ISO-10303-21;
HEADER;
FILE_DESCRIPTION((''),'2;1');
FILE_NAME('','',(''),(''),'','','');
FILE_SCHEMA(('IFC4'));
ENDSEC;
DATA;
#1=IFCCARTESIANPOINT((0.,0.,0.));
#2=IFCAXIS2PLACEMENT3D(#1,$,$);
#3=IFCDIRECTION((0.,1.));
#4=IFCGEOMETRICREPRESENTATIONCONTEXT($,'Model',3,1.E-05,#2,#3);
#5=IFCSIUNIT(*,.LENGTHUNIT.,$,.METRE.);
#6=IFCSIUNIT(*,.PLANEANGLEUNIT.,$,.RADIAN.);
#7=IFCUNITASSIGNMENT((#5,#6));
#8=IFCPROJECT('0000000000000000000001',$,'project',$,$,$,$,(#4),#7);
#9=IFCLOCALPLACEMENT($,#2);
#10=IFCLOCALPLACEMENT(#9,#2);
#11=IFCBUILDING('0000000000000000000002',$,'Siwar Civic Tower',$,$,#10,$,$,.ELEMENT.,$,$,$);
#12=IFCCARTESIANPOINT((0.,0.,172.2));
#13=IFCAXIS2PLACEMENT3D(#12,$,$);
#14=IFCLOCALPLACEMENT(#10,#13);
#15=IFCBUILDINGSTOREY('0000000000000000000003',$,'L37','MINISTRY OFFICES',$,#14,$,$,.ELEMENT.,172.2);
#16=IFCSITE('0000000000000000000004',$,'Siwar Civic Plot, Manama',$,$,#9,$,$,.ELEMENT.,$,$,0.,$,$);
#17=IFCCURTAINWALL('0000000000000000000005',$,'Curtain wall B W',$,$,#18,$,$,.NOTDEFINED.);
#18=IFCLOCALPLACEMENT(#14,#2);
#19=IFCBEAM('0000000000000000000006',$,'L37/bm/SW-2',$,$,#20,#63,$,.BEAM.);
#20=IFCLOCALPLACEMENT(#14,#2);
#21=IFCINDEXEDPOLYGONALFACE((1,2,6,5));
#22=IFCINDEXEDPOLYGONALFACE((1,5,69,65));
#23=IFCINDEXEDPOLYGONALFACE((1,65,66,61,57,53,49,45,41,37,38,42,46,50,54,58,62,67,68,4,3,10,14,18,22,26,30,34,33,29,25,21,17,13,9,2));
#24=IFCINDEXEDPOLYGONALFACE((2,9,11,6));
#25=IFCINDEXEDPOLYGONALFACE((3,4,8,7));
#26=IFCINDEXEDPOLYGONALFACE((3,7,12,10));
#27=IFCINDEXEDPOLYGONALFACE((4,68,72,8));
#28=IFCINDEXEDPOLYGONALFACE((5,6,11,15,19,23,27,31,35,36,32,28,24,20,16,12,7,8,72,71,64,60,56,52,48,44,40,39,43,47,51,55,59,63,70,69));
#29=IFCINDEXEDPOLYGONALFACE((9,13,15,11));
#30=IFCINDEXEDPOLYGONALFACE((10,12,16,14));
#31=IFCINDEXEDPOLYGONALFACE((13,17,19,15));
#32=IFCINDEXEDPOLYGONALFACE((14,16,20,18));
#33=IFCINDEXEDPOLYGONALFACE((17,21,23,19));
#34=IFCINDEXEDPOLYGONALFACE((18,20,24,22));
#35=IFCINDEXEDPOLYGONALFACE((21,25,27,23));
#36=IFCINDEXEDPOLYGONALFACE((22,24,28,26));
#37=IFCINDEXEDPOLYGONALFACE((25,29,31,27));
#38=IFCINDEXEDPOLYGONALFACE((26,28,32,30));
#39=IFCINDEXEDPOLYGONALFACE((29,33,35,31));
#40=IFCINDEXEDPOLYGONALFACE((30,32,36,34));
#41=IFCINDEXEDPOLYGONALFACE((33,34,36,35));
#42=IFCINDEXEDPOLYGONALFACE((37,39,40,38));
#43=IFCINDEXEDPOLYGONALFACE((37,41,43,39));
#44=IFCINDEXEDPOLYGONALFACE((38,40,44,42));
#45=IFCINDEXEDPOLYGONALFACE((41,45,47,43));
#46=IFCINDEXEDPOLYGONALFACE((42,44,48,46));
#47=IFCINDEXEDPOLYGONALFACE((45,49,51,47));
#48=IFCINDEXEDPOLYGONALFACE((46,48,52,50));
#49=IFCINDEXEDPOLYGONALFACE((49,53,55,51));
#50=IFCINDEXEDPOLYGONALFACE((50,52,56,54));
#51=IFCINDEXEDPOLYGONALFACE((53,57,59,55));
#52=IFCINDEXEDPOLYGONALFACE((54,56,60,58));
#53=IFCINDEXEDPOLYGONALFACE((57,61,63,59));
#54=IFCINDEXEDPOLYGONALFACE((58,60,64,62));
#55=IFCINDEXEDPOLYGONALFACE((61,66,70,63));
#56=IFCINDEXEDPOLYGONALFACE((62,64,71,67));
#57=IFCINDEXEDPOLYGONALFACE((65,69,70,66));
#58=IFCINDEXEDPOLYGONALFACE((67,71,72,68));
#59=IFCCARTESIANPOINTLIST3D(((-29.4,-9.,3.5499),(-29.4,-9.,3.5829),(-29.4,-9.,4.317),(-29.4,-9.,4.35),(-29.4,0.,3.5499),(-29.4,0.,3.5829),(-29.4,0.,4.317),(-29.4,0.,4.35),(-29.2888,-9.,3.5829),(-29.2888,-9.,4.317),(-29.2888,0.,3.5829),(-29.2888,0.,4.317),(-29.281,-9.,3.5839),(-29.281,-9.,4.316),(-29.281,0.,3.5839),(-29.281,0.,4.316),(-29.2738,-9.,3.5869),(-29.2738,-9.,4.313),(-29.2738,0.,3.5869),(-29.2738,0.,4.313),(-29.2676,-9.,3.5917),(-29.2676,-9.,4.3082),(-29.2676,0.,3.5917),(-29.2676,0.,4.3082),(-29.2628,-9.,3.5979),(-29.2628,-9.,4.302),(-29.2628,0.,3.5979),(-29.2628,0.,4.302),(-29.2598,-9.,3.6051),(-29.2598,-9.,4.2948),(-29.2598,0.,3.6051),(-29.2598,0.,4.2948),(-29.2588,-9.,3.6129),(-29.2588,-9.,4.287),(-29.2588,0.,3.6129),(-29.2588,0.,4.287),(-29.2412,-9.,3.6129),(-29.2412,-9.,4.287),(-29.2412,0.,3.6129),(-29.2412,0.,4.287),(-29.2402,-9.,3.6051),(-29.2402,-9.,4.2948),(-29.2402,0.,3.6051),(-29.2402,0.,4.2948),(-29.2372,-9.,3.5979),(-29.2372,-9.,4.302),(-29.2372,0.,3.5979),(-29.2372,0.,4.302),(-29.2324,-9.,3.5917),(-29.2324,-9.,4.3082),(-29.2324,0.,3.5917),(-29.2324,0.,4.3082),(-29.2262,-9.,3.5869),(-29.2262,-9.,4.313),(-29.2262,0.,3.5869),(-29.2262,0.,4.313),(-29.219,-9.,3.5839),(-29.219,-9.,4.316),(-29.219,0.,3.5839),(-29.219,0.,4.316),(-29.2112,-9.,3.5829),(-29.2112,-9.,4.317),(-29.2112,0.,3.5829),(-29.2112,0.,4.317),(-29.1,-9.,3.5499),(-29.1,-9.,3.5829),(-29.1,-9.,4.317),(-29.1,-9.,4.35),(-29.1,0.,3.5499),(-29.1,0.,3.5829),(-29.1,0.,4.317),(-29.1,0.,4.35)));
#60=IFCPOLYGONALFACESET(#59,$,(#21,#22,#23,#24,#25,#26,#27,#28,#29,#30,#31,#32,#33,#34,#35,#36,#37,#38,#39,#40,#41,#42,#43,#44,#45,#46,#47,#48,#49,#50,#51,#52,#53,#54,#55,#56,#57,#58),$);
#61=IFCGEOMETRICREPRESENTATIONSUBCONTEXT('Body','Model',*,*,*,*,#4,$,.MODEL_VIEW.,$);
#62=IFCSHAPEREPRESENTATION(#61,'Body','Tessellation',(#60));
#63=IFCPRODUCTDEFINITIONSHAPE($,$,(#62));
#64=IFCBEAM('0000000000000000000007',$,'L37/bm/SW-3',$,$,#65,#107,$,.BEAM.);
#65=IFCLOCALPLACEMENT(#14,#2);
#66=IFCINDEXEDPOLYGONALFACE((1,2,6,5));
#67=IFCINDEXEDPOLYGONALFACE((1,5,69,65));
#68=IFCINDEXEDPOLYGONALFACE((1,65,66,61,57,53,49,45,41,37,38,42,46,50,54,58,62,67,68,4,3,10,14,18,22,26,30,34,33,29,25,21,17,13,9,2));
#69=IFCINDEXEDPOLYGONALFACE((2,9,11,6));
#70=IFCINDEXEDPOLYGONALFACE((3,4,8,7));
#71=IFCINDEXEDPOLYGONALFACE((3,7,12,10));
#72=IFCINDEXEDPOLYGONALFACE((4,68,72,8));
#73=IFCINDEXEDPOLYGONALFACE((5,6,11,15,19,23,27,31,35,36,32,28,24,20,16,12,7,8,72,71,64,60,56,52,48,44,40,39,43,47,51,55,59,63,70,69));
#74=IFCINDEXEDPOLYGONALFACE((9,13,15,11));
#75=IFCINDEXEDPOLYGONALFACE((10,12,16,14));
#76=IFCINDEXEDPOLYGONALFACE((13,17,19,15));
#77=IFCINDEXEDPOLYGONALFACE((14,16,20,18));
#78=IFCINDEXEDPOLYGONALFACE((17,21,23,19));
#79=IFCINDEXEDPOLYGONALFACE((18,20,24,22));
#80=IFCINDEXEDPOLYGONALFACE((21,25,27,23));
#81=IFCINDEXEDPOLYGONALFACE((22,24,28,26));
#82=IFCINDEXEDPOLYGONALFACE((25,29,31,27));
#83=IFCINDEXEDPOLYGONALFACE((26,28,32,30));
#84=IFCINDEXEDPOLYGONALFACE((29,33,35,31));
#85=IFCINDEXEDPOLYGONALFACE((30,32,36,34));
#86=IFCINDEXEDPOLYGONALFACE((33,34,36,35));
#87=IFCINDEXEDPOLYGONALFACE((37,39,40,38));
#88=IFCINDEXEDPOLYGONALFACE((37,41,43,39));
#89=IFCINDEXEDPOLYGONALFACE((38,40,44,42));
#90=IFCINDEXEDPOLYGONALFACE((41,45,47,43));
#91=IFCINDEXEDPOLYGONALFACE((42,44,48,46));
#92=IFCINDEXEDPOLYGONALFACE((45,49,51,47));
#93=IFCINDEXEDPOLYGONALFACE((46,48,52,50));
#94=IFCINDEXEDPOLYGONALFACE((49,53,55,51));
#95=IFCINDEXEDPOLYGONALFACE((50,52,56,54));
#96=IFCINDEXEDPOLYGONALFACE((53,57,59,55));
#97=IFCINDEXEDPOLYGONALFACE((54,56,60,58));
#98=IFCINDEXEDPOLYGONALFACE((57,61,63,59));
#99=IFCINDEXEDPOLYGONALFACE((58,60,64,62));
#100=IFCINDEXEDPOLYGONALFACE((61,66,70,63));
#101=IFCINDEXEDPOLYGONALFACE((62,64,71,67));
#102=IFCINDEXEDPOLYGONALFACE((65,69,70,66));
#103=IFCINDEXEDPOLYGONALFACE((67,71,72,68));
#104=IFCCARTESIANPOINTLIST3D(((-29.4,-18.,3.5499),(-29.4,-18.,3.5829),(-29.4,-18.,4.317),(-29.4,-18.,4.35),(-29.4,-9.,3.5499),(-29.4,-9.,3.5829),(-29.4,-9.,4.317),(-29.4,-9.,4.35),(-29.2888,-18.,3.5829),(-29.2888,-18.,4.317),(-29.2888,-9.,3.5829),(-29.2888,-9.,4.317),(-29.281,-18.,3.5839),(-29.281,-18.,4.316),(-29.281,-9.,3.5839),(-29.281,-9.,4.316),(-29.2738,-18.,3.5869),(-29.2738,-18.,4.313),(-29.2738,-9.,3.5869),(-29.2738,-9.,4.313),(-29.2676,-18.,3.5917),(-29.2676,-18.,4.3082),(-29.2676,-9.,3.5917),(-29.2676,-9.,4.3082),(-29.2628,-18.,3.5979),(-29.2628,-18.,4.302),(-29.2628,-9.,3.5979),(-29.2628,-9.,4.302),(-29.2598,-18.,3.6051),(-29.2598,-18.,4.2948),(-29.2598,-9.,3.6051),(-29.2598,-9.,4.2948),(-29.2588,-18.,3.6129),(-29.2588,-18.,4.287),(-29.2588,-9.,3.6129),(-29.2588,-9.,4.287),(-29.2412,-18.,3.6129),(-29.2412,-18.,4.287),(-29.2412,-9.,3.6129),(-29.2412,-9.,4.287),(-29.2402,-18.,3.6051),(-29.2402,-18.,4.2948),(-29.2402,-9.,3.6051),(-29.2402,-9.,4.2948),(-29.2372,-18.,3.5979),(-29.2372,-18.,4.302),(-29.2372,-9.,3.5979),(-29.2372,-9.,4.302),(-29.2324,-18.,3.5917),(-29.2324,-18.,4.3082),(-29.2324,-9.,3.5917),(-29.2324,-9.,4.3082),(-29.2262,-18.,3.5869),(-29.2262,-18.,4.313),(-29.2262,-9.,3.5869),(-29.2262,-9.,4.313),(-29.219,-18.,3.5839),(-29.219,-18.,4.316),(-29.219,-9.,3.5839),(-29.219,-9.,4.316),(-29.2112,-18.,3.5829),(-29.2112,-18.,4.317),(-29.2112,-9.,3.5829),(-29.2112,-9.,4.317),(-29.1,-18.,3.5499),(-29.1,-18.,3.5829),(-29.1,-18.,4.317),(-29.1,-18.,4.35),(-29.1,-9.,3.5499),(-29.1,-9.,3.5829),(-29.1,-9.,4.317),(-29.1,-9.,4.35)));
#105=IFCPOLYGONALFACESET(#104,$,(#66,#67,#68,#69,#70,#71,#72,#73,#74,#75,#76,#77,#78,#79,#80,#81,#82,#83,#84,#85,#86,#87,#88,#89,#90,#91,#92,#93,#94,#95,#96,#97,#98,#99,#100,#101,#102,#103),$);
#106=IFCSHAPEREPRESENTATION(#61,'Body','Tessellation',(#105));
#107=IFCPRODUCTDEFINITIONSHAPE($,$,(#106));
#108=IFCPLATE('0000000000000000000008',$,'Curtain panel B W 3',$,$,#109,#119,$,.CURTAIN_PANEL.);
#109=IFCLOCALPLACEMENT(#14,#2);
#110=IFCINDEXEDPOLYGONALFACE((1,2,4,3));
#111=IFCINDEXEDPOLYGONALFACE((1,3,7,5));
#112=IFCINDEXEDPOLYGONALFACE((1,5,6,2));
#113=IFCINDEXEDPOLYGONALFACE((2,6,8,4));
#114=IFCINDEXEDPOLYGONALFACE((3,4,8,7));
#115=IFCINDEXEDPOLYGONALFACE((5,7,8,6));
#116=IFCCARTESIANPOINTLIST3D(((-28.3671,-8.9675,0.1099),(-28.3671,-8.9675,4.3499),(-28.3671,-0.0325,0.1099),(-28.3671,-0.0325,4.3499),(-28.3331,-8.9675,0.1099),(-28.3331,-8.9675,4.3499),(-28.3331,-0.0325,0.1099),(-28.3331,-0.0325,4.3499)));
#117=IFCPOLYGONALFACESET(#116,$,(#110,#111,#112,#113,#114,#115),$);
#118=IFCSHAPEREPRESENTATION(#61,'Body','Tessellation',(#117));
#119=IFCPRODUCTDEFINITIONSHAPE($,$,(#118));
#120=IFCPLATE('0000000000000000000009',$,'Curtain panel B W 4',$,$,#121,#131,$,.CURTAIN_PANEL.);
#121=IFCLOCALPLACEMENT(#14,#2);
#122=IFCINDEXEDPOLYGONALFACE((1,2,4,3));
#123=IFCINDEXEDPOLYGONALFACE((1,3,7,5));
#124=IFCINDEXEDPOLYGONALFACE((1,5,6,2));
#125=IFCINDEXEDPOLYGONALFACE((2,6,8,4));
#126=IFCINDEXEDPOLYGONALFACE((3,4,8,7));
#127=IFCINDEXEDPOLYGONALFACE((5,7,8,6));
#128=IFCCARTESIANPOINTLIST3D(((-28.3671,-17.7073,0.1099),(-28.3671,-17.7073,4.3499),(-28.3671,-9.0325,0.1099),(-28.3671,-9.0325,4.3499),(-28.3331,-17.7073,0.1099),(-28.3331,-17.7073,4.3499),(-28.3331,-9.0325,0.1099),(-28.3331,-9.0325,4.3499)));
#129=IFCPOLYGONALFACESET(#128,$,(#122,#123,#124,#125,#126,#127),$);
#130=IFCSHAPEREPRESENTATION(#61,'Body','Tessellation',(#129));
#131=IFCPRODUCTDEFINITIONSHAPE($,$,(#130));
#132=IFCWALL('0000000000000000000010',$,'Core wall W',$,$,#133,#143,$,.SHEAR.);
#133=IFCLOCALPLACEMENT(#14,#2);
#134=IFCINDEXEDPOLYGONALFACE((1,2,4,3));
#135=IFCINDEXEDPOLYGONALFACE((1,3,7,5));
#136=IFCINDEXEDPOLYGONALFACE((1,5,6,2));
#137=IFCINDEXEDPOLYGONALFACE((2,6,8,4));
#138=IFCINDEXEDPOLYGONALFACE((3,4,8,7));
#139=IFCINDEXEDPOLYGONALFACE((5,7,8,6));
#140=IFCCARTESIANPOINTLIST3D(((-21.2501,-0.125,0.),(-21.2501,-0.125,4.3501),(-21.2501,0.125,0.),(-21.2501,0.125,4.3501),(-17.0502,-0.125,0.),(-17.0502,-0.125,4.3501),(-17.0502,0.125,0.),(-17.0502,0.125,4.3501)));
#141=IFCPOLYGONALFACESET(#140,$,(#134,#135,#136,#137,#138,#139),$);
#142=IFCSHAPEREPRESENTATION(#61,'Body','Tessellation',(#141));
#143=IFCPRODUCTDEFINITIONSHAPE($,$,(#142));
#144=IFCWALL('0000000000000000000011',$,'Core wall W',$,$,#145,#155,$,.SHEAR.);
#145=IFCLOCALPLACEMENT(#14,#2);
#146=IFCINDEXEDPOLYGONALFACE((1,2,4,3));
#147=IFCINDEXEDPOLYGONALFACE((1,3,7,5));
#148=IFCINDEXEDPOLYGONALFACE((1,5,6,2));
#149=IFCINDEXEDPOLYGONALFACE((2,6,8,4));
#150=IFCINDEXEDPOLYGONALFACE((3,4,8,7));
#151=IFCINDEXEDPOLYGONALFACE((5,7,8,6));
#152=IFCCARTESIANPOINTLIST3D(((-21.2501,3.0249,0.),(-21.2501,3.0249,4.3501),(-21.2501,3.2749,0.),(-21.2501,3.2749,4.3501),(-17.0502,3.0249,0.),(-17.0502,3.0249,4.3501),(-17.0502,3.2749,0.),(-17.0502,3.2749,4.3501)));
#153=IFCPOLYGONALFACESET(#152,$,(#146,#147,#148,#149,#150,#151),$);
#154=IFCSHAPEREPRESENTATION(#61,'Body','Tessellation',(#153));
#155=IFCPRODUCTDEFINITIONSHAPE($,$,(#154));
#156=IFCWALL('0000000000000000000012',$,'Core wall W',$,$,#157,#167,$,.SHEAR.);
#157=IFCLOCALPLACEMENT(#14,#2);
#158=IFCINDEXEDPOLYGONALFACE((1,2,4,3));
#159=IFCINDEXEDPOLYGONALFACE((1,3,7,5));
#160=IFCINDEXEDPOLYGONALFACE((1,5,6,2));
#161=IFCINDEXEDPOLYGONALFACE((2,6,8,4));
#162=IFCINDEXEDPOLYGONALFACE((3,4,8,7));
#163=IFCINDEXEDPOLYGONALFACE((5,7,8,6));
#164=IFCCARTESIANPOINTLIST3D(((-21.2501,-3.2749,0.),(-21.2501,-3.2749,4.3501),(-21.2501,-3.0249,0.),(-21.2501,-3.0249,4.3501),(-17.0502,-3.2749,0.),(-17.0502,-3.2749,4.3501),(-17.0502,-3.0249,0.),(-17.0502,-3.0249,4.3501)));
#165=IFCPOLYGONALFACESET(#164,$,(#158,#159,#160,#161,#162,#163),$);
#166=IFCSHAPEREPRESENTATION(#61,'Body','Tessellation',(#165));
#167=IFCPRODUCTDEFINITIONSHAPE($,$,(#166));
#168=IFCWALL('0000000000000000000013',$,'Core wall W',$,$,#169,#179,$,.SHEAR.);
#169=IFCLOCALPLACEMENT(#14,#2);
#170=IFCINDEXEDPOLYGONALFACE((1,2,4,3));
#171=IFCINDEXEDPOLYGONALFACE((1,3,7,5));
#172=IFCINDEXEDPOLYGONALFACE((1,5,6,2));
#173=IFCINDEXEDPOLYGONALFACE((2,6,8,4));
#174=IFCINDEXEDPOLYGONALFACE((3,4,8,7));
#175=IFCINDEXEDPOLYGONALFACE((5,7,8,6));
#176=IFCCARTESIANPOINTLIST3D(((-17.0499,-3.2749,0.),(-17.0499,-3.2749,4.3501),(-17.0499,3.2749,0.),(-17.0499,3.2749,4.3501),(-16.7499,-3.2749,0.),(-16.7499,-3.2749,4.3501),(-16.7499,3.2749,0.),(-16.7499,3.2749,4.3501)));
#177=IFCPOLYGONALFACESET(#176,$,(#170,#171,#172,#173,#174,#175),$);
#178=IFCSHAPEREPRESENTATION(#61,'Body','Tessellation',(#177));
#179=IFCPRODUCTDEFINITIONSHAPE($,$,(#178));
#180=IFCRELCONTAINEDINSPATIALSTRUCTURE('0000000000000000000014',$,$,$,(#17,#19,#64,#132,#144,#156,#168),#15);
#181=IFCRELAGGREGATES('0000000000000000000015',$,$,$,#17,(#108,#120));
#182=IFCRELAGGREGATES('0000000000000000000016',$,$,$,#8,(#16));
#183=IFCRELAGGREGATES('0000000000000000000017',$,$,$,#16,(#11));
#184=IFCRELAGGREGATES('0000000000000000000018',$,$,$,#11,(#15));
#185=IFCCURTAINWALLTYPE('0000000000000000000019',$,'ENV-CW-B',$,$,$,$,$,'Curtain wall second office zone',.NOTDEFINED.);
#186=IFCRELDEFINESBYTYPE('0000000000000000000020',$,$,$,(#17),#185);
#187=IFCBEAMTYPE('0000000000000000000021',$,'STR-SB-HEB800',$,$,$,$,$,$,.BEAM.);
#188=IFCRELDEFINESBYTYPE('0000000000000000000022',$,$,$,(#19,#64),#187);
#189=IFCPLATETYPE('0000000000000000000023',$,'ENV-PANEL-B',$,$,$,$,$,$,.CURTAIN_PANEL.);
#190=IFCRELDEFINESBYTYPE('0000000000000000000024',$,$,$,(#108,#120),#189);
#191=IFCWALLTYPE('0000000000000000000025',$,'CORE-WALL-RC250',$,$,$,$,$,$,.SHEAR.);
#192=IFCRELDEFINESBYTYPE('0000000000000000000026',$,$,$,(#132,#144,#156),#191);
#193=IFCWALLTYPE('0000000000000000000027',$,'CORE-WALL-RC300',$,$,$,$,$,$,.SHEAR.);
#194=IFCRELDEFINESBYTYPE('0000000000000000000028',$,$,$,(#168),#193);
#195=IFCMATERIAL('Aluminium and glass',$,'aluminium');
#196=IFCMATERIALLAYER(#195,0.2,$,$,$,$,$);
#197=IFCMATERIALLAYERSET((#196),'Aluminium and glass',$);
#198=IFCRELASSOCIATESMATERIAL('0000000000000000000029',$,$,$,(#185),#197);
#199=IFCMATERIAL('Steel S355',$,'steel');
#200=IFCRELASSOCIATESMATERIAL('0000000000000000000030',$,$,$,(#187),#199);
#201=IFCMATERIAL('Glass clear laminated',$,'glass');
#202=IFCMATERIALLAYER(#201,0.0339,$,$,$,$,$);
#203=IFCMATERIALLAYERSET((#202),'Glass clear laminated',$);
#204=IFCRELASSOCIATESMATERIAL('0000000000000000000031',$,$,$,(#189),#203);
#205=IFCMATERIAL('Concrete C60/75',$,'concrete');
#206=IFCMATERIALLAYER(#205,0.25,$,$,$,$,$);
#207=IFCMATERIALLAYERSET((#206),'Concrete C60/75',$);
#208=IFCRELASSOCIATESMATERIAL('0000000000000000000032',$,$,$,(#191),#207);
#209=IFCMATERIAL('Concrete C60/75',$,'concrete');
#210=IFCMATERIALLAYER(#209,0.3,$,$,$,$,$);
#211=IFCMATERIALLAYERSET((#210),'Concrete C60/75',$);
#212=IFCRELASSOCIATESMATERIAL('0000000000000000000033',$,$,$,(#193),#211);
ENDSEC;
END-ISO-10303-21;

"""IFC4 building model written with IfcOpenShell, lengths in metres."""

from ifc_helpers import new_model, si_unit, direction, frame, frame_2d, origin, origin_2d, place, context, subcontext, project, spatial, rectangle, i_section, extrude, material, layer, layer_set, material_profile, profile_set, type_object, element, aggregate, save


model = new_model("IFC4")

# Units and contexts
model_context = context("Model", 3, precision=1e-05, world=origin(), true_north=direction((0.0, 1.0)))
body_context = subcontext(model_context, "Body", "Model", "MODEL_VIEW")
ifc_project = project(units=[si_unit("LENGTHUNIT", "METRE"), si_unit("PLANEANGLEUNIT", "RADIAN")], contexts=[model_context])

# Site, building, storey
site_placement = place(None, origin())
site = spatial("IfcSite", under=ifc_project, at=site_placement, Name="Siwar Civic Plot, Manama", CompositionType="ELEMENT", RefElevation=0.0)
building_placement = place(site_placement, origin())
building = spatial("IfcBuilding", under=site, at=building_placement, Name="Siwar Civic Tower", CompositionType="ELEMENT")
storey_placement = place(building_placement, frame((0.0, 0.0, 172.2)))
storey = spatial("IfcBuildingStorey", under=building, at=storey_placement, Name="L37", Description="MINISTRY OFFICES", CompositionType="ELEMENT", Elevation=172.2)

# Curtain wall
ifc_material_1 = material(Name="Aluminium and glass", Category="aluminium")
ifc_layer_1 = layer(ifc_material_1, 0.2)
ifc_layer_set_1 = layer_set([ifc_layer_1], Name="Aluminium and glass")
curtain_wall_type_1 = type_object("IfcCurtainWallType", Name="ENV-CW-B", ElementType="Curtain wall second office zone", PredefinedType="NOTDEFINED", material=ifc_layer_set_1)
curtain_wall_1_placement = place(storey_placement, origin())
curtain_wall_1 = element("IfcCurtainWall", 1, at=curtain_wall_1_placement, inside=storey, type_object=curtain_wall_type_1, Name="Curtain wall B W", PredefinedType="NOTDEFINED")

# Beams
ifc_material_2 = material(Name="Steel S355", Category="steel")
ifc_material_profile_1 = material_profile(ifc_material_2, i_section(OverallWidth=0.3, OverallDepth=0.8, WebThickness=0.0176, FlangeThickness=0.033, FilletRadius=0.03, at=origin_2d()), Name="HEB800")
ifc_profile_set_1 = profile_set([ifc_material_profile_1], Name="Steel S355")
beam_type_1 = type_object("IfcBeamType", Name="STR-SB-HEB800", PredefinedType="BEAM", material=ifc_profile_set_1)
for number, where, z_axis, x_axis, name in (
    (2, (-29.25, 0.0, 3.95), (0.0, -1.0, 0.0), (1.0, 0.0, 0.0), "L37/bm/SW-2"),
    (3, (-29.25, -9.0, 3.95), (0.0, -1.0, 0.0), (1.0, 0.0, 0.0), "L37/bm/SW-3"),
):
    element("IfcBeam", number, at=place(storey_placement, frame(where, z_axis=z_axis, x_axis=x_axis)), inside=storey, type_object=beam_type_1, Name=name, PredefinedType="BEAM", context=body_context, shape_type="SweptSolid", body=[
        extrude(i_section(OverallWidth=0.3, OverallDepth=0.8, WebThickness=0.0176, FlangeThickness=0.033, FilletRadius=0.03, at=origin_2d()), origin(), (0.0, 0.0, 1.0), 9.0),
    ])

# Plates
ifc_material_3 = material(Name="Glass clear laminated", Category="glass")
ifc_layer_2 = layer(ifc_material_3, 0.0339)
ifc_layer_set_2 = layer_set([ifc_layer_2], Name="Glass clear laminated")
plate_type = type_object("IfcPlateType", Name="ENV-PANEL-B", PredefinedType="CURTAIN_PANEL", material=ifc_layer_set_2)
plate_1_placement = place(storey_placement, frame((-28.3501, -4.5, 0.1099), z_axis=(0.0, 0.0, 1.0), x_axis=(0.0, -1.0, 0.0)))
plate_1 = element("IfcPlate", 4, at=plate_1_placement, type_object=plate_type, Name="Curtain panel B W 3", PredefinedType="CURTAIN_PANEL", context=body_context, shape_type="SweptSolid", body=[
    extrude(rectangle(XDim=8.9351, YDim=0.0339, at=origin_2d()), origin(), (0.0, 0.0, 1.0), 4.24),
])
plate_2_placement = place(storey_placement, frame((-28.3501, -13.3699, 0.1099), z_axis=(0.0, 0.0, 1.0), x_axis=(0.0, -1.0, 0.0)))
plate_2 = element("IfcPlate", 5, at=plate_2_placement, type_object=plate_type, Name="Curtain panel B W 4", PredefinedType="CURTAIN_PANEL", context=body_context, shape_type="SweptSolid", body=[
    extrude(rectangle(XDim=8.6748, YDim=0.0339, at=origin_2d()), origin(), (0.0, 0.0, 1.0), 4.24),
])
aggregate(curtain_wall_1, [plate_1, plate_2])

# Walls
ifc_material_4 = material(Name="Concrete C60/75", Category="concrete")
ifc_layer_3 = layer(ifc_material_4, 0.25)
ifc_layer_set_3 = layer_set([ifc_layer_3], Name="Concrete C60/75")
wall_type_1 = type_object("IfcWallType", Name="CORE-WALL-RC250", PredefinedType="SHEAR", material=ifc_layer_set_3)
for number, where, z_axis, x_axis, name in (
    (6, (-17.05, 0.0, 0.0), (0.0, 0.0, 1.0), (-1.0, 0.0, 0.0), "Core wall W"),
    (7, (-17.05, 3.1499, 0.0), (0.0, 0.0, 1.0), (-1.0, 0.0, 0.0), "Core wall W"),
    (8, (-17.05, -3.1499, 0.0), (0.0, 0.0, 1.0), (-1.0, 0.0, 0.0), "Core wall W"),
):
    element("IfcWall", number, at=place(storey_placement, frame(where, z_axis=z_axis, x_axis=x_axis)), inside=storey, type_object=wall_type_1, Name=name, PredefinedType="SHEAR", context=body_context, shape_type="SweptSolid", body=[
        extrude(rectangle(XDim=4.2, YDim=0.25, at=frame_2d((2.1001, 0.0))), origin(), (0.0, 0.0, 1.0), 4.3501),
    ])
ifc_material_5 = material(Name="Concrete C60/75", Category="concrete")
ifc_layer_4 = layer(ifc_material_5, 0.3)
ifc_layer_set_4 = layer_set([ifc_layer_4], Name="Concrete C60/75")
wall_type_2 = type_object("IfcWallType", Name="CORE-WALL-RC300", PredefinedType="SHEAR", material=ifc_layer_set_4)
wall_1_placement = place(storey_placement, frame((-16.8999, -3.2749, 0.0), z_axis=(0.0, 0.0, 1.0), x_axis=(0.0, 1.0, 0.0)))
element("IfcWall", 9, at=wall_1_placement, inside=storey, type_object=wall_type_2, Name="Core wall W", PredefinedType="SHEAR", context=body_context, shape_type="SweptSolid", body=[
    extrude(rectangle(XDim=6.5498, YDim=0.3, at=frame_2d((3.2749, 0.0))), origin(), (0.0, 0.0, 1.0), 4.3501),
])

save(model, "model.ifc")
